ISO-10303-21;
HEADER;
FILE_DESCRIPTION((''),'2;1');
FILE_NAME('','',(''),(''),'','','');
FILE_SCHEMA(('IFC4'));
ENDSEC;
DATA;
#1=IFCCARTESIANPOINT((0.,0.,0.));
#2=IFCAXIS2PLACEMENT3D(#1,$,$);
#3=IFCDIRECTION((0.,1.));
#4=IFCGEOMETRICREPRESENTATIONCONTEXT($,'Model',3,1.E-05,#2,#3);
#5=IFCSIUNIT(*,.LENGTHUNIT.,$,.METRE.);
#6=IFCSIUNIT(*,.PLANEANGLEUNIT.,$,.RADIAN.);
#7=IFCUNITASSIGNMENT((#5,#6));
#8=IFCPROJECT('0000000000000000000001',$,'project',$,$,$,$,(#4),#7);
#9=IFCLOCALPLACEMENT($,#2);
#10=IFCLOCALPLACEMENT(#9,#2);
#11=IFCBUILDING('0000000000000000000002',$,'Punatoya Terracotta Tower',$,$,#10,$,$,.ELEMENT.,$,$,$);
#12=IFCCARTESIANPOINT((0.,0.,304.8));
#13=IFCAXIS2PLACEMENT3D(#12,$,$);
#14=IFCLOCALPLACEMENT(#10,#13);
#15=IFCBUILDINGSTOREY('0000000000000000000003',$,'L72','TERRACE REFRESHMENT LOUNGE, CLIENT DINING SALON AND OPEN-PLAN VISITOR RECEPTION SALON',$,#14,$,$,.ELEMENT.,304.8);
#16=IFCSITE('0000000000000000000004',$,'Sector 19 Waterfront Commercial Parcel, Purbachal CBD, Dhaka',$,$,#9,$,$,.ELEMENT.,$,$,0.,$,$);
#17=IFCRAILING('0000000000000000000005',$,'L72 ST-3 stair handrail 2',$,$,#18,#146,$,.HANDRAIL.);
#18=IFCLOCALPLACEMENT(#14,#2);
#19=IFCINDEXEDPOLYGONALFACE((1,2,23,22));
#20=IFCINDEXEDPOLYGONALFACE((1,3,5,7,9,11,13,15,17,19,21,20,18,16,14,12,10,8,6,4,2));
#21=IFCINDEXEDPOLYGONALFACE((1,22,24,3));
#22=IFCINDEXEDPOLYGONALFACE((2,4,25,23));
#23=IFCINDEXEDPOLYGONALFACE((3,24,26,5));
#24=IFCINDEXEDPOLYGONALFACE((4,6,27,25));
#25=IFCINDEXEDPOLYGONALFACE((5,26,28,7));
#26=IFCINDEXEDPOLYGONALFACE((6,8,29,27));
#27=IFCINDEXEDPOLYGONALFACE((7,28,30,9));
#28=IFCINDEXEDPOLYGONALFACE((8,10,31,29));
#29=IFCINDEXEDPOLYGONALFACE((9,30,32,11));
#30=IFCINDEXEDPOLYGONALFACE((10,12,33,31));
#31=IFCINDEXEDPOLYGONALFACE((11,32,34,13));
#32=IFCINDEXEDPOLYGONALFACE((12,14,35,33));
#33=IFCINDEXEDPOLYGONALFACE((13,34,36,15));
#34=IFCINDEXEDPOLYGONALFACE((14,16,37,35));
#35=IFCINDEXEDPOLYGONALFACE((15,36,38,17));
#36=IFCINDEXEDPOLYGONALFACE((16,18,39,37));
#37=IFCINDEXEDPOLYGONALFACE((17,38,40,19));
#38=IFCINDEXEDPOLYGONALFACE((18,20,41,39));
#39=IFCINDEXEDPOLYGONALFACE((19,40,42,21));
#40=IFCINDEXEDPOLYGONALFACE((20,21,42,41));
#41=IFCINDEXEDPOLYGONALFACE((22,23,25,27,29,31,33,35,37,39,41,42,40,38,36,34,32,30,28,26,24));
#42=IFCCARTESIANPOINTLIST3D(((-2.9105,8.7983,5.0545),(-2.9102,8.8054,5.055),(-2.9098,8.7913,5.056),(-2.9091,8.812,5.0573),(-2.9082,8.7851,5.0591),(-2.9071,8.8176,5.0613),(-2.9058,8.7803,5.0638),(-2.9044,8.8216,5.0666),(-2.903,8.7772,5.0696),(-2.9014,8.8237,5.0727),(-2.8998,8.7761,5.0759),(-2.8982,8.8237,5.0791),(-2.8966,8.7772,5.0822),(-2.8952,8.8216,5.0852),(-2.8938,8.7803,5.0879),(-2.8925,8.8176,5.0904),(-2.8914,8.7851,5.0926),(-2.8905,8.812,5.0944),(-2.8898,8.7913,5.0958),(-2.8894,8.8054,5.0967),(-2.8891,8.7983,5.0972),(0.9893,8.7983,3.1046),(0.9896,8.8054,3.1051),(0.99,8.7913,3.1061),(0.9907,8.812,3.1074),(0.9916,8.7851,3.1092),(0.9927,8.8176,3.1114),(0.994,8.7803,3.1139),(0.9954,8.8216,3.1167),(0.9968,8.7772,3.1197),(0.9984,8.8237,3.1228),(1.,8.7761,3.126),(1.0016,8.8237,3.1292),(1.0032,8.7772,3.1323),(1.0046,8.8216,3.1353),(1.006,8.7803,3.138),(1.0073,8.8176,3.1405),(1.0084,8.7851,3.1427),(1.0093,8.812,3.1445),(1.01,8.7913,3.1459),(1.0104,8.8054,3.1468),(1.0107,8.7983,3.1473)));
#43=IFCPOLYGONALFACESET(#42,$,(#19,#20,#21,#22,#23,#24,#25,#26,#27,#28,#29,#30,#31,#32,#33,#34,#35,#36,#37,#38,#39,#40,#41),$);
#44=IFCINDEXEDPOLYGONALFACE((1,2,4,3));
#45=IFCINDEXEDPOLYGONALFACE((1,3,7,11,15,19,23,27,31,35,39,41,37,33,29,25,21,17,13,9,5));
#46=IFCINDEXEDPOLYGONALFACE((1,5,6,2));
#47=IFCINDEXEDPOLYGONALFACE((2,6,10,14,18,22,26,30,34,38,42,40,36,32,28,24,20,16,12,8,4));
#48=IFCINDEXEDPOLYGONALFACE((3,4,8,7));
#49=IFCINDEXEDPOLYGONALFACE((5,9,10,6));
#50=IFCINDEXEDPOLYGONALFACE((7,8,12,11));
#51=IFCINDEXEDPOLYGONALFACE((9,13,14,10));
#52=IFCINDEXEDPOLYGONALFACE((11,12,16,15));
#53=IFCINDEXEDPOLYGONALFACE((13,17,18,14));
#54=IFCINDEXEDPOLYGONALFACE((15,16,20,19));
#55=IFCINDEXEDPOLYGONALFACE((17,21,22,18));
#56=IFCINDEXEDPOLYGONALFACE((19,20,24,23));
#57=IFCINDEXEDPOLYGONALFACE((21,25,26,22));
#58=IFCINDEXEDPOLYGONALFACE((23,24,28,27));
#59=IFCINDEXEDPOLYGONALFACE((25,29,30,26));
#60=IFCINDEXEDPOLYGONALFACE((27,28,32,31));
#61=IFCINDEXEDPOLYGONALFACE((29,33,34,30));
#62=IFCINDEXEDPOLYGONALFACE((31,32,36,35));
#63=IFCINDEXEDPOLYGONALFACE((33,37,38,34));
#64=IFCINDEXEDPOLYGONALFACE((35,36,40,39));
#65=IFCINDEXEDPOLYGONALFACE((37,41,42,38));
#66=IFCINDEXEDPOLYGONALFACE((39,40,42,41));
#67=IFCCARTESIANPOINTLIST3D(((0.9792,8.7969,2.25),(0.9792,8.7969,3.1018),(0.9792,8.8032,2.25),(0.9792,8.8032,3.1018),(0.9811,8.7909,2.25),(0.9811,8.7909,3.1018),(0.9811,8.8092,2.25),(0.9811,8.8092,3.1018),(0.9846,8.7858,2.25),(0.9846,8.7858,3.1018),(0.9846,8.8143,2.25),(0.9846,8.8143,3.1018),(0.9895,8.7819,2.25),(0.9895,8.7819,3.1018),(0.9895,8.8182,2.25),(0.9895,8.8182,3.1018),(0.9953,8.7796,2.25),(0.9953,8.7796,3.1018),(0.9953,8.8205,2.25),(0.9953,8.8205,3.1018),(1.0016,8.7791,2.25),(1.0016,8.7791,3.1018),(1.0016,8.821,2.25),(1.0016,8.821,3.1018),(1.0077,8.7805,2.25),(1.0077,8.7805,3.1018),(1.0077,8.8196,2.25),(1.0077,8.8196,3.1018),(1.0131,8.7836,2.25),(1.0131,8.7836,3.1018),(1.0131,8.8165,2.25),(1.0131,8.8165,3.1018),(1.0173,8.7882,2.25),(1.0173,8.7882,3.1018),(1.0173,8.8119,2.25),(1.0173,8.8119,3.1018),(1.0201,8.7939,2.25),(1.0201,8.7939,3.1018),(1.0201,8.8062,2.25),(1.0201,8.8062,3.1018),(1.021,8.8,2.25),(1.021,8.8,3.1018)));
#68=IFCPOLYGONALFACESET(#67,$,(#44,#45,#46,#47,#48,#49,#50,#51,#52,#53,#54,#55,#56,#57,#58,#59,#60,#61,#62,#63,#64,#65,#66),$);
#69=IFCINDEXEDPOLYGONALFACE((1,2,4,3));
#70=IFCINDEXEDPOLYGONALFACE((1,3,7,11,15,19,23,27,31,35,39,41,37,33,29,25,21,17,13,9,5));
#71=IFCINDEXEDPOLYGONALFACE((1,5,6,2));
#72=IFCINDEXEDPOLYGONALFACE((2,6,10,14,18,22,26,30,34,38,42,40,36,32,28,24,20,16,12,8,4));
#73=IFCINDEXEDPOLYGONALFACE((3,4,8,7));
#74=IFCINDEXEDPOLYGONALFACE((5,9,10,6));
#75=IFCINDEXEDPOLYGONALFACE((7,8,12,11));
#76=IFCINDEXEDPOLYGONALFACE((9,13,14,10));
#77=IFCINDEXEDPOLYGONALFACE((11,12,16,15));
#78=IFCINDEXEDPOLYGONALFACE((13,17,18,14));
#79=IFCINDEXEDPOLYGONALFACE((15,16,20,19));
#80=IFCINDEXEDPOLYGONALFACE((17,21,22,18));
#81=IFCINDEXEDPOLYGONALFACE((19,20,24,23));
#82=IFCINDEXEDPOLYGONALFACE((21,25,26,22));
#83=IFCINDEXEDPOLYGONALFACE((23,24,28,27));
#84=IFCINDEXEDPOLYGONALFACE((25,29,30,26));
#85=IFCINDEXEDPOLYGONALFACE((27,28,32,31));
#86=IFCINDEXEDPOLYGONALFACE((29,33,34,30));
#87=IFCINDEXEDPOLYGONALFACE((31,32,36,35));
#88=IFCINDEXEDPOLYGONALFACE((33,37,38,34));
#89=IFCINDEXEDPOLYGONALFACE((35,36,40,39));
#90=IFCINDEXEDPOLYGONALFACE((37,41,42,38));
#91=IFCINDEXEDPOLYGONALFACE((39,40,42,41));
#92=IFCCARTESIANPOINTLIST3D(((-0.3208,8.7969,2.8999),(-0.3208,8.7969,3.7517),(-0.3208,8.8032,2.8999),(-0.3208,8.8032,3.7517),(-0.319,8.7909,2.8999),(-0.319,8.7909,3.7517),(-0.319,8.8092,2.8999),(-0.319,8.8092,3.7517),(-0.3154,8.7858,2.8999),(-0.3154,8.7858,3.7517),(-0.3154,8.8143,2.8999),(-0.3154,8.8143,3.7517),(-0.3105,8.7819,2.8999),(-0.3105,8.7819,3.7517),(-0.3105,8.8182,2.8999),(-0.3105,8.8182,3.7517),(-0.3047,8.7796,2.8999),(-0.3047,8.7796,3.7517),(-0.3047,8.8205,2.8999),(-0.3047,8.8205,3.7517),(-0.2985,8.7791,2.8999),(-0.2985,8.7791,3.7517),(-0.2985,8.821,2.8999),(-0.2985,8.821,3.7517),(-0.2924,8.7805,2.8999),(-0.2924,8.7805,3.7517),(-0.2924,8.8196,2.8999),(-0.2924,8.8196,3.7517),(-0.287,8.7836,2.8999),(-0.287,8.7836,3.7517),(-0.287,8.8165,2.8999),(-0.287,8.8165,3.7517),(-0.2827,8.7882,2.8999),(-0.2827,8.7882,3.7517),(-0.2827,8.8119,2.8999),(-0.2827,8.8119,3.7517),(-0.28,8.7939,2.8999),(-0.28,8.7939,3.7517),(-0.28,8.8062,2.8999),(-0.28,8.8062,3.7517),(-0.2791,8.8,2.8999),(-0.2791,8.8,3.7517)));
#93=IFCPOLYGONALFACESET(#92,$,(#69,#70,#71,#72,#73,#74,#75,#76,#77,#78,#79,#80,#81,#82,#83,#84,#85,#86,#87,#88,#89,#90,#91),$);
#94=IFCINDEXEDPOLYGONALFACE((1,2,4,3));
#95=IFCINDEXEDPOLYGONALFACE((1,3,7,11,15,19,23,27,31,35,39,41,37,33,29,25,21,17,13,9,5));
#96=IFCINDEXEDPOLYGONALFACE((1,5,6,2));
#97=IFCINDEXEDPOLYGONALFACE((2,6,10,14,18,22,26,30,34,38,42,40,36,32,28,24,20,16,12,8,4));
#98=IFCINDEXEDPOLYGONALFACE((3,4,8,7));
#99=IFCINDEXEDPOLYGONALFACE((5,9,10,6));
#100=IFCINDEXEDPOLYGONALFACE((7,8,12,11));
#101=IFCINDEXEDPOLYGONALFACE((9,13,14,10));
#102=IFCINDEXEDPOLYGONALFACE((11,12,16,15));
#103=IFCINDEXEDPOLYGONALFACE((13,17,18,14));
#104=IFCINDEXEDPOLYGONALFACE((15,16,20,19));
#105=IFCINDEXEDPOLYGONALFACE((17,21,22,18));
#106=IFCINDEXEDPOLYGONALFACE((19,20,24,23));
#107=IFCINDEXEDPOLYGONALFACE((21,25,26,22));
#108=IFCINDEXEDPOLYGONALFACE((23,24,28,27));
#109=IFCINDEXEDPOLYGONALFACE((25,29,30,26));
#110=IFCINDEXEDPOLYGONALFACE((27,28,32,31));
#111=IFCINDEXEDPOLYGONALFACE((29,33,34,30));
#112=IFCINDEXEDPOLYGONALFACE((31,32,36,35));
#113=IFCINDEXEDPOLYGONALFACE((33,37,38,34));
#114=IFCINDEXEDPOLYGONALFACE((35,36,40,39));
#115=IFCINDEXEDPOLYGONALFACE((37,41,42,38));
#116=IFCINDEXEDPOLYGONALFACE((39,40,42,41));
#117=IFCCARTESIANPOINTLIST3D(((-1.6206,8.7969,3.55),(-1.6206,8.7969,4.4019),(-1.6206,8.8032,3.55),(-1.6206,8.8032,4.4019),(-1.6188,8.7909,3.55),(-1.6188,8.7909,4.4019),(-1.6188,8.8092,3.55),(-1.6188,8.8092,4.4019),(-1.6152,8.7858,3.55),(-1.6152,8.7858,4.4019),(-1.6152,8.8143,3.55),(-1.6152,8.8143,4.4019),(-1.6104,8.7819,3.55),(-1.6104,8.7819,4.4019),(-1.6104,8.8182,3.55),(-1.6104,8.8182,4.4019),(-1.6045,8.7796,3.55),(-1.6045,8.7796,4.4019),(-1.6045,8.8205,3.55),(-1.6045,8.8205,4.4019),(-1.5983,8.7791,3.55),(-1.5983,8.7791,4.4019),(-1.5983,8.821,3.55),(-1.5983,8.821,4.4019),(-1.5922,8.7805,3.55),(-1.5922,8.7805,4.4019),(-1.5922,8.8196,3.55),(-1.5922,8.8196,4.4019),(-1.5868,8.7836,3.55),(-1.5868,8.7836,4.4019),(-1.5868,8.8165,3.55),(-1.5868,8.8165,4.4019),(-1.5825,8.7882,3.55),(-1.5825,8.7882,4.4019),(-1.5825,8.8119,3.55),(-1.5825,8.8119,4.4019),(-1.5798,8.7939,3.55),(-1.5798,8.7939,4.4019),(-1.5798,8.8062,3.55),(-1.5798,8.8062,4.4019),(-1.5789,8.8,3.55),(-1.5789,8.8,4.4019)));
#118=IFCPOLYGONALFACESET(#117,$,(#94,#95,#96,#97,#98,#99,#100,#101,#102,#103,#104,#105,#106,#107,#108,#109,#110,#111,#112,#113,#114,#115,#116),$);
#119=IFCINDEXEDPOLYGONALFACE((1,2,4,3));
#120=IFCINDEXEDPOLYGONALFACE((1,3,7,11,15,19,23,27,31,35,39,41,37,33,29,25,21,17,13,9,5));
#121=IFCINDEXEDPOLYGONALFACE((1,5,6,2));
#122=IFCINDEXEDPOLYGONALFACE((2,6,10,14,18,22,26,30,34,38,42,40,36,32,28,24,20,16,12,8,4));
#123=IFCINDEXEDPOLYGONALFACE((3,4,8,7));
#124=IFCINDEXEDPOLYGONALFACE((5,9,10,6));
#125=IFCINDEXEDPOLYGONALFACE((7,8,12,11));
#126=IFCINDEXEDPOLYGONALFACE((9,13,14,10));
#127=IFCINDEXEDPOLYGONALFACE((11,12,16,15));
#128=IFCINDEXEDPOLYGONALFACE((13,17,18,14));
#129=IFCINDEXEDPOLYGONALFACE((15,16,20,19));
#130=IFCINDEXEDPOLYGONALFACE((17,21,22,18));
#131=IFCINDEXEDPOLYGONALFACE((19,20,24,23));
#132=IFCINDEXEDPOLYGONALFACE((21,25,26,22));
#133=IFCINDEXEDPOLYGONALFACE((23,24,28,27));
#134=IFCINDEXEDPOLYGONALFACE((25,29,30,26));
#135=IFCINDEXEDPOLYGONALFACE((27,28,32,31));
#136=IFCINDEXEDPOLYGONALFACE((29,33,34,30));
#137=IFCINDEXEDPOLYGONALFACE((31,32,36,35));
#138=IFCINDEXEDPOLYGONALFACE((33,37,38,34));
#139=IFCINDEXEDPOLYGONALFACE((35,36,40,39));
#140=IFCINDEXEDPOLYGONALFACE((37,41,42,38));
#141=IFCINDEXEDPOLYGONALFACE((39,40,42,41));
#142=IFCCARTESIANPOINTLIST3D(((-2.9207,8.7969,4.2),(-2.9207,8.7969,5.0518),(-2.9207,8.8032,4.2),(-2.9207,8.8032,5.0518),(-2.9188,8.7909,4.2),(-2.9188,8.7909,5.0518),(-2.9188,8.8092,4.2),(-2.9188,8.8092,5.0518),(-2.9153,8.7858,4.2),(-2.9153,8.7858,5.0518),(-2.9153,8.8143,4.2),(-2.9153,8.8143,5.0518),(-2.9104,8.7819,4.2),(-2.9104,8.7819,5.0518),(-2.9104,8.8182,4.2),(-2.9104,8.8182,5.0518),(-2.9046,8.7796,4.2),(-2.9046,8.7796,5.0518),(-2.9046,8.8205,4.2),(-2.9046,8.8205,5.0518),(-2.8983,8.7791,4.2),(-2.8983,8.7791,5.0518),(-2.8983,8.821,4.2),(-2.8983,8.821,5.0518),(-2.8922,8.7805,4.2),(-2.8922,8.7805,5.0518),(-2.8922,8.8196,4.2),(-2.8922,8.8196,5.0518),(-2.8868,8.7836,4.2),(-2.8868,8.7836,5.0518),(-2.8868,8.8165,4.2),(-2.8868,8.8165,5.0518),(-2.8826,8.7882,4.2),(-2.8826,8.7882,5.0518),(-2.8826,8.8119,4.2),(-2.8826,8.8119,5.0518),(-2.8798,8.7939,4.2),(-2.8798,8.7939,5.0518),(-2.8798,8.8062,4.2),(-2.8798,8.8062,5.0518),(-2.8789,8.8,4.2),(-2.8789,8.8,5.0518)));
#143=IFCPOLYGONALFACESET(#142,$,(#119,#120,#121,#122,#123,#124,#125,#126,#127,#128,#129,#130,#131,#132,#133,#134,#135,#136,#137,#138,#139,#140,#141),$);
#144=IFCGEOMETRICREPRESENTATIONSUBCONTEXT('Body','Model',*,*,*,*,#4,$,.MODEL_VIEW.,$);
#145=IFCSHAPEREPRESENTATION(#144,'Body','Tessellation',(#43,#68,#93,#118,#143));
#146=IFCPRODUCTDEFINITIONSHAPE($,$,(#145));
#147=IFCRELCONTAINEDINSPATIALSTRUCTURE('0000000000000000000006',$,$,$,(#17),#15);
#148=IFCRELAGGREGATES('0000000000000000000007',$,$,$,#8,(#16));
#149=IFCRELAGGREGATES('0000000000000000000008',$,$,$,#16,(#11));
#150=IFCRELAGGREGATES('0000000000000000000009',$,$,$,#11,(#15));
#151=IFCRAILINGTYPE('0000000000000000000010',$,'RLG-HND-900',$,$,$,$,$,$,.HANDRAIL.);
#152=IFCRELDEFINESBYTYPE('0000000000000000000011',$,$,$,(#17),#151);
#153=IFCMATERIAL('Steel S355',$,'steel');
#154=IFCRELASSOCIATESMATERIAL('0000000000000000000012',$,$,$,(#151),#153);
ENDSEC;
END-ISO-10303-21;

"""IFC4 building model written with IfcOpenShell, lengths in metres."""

from ifc_helpers import new_model, si_unit, direction, frame, origin, origin_2d, place, context, subcontext, project, spatial, circle, extrude, material, type_object, element, save


model = new_model("IFC4")

# Units and contexts
model_context = context("Model", 3, precision=1e-05, world=origin(), true_north=direction((0.0, 1.0)))
body_context = subcontext(model_context, "Body", "Model", "MODEL_VIEW")
ifc_project = project(units=[si_unit("LENGTHUNIT", "METRE"), si_unit("PLANEANGLEUNIT", "RADIAN")], contexts=[model_context])

# Site, building, storey
site_placement = place(None, origin())
site = spatial("IfcSite", under=ifc_project, at=site_placement, Name="Sector 19 Waterfront Commercial Parcel, Purbachal CBD, Dhaka", CompositionType="ELEMENT", RefElevation=0.0)
building_placement = place(site_placement, origin())
building = spatial("IfcBuilding", under=site, at=building_placement, Name="Punatoya Terracotta Tower", CompositionType="ELEMENT")
storey_placement = place(building_placement, frame((0.0, 0.0, 304.8)))
storey = spatial("IfcBuildingStorey", under=building, at=storey_placement, Name="L72", Description="TERRACE REFRESHMENT LOUNGE, CLIENT DINING SALON AND OPEN-PLAN VISITOR RECEPTION SALON", CompositionType="ELEMENT", Elevation=304.8)

# Shared definitions
ifc_material_1 = material(Name="Steel S355", Category="steel")

# Railing
railing_type_1 = type_object("IfcRailingType", Name="RLG-HND-900", PredefinedType="HANDRAIL", material=ifc_material_1)
railing_1_placement = place(storey_placement, frame((1.0, 8.8, 2.25)))
element("IfcRailing", 1, at=railing_1_placement, inside=storey, type_object=railing_type_1, Name="L72 ST-3 stair handrail 2", PredefinedType="HANDRAIL", context=body_context, shape_type="SweptSolid", body=[
    extrude(circle(Radius=0.0239, at=origin_2d()), frame((0.0, 0.0, 0.876), z_axis=(-0.894427, 0.0, 0.447214), x_axis=(0.0, -1.0, 0.0)), (0.0, 0.0, 1.0), 4.3601),
    extrude(circle(Radius=0.021, at=origin_2d()), origin(), (0.0, 0.0, 1.0), 0.8518),
    extrude(circle(Radius=0.021, at=origin_2d()), frame((-1.3, 0.0, 0.6499)), (0.0, 0.0, 1.0), 0.8518),
    extrude(circle(Radius=0.021, at=origin_2d()), frame((-2.5999, 0.0, 1.3)), (0.0, 0.0, 1.0), 0.8518),
    extrude(circle(Radius=0.021, at=origin_2d()), frame((-3.8999, 0.0, 1.95)), (0.0, 0.0, 1.0), 0.8518),
])

save(model, "model.ifc")
